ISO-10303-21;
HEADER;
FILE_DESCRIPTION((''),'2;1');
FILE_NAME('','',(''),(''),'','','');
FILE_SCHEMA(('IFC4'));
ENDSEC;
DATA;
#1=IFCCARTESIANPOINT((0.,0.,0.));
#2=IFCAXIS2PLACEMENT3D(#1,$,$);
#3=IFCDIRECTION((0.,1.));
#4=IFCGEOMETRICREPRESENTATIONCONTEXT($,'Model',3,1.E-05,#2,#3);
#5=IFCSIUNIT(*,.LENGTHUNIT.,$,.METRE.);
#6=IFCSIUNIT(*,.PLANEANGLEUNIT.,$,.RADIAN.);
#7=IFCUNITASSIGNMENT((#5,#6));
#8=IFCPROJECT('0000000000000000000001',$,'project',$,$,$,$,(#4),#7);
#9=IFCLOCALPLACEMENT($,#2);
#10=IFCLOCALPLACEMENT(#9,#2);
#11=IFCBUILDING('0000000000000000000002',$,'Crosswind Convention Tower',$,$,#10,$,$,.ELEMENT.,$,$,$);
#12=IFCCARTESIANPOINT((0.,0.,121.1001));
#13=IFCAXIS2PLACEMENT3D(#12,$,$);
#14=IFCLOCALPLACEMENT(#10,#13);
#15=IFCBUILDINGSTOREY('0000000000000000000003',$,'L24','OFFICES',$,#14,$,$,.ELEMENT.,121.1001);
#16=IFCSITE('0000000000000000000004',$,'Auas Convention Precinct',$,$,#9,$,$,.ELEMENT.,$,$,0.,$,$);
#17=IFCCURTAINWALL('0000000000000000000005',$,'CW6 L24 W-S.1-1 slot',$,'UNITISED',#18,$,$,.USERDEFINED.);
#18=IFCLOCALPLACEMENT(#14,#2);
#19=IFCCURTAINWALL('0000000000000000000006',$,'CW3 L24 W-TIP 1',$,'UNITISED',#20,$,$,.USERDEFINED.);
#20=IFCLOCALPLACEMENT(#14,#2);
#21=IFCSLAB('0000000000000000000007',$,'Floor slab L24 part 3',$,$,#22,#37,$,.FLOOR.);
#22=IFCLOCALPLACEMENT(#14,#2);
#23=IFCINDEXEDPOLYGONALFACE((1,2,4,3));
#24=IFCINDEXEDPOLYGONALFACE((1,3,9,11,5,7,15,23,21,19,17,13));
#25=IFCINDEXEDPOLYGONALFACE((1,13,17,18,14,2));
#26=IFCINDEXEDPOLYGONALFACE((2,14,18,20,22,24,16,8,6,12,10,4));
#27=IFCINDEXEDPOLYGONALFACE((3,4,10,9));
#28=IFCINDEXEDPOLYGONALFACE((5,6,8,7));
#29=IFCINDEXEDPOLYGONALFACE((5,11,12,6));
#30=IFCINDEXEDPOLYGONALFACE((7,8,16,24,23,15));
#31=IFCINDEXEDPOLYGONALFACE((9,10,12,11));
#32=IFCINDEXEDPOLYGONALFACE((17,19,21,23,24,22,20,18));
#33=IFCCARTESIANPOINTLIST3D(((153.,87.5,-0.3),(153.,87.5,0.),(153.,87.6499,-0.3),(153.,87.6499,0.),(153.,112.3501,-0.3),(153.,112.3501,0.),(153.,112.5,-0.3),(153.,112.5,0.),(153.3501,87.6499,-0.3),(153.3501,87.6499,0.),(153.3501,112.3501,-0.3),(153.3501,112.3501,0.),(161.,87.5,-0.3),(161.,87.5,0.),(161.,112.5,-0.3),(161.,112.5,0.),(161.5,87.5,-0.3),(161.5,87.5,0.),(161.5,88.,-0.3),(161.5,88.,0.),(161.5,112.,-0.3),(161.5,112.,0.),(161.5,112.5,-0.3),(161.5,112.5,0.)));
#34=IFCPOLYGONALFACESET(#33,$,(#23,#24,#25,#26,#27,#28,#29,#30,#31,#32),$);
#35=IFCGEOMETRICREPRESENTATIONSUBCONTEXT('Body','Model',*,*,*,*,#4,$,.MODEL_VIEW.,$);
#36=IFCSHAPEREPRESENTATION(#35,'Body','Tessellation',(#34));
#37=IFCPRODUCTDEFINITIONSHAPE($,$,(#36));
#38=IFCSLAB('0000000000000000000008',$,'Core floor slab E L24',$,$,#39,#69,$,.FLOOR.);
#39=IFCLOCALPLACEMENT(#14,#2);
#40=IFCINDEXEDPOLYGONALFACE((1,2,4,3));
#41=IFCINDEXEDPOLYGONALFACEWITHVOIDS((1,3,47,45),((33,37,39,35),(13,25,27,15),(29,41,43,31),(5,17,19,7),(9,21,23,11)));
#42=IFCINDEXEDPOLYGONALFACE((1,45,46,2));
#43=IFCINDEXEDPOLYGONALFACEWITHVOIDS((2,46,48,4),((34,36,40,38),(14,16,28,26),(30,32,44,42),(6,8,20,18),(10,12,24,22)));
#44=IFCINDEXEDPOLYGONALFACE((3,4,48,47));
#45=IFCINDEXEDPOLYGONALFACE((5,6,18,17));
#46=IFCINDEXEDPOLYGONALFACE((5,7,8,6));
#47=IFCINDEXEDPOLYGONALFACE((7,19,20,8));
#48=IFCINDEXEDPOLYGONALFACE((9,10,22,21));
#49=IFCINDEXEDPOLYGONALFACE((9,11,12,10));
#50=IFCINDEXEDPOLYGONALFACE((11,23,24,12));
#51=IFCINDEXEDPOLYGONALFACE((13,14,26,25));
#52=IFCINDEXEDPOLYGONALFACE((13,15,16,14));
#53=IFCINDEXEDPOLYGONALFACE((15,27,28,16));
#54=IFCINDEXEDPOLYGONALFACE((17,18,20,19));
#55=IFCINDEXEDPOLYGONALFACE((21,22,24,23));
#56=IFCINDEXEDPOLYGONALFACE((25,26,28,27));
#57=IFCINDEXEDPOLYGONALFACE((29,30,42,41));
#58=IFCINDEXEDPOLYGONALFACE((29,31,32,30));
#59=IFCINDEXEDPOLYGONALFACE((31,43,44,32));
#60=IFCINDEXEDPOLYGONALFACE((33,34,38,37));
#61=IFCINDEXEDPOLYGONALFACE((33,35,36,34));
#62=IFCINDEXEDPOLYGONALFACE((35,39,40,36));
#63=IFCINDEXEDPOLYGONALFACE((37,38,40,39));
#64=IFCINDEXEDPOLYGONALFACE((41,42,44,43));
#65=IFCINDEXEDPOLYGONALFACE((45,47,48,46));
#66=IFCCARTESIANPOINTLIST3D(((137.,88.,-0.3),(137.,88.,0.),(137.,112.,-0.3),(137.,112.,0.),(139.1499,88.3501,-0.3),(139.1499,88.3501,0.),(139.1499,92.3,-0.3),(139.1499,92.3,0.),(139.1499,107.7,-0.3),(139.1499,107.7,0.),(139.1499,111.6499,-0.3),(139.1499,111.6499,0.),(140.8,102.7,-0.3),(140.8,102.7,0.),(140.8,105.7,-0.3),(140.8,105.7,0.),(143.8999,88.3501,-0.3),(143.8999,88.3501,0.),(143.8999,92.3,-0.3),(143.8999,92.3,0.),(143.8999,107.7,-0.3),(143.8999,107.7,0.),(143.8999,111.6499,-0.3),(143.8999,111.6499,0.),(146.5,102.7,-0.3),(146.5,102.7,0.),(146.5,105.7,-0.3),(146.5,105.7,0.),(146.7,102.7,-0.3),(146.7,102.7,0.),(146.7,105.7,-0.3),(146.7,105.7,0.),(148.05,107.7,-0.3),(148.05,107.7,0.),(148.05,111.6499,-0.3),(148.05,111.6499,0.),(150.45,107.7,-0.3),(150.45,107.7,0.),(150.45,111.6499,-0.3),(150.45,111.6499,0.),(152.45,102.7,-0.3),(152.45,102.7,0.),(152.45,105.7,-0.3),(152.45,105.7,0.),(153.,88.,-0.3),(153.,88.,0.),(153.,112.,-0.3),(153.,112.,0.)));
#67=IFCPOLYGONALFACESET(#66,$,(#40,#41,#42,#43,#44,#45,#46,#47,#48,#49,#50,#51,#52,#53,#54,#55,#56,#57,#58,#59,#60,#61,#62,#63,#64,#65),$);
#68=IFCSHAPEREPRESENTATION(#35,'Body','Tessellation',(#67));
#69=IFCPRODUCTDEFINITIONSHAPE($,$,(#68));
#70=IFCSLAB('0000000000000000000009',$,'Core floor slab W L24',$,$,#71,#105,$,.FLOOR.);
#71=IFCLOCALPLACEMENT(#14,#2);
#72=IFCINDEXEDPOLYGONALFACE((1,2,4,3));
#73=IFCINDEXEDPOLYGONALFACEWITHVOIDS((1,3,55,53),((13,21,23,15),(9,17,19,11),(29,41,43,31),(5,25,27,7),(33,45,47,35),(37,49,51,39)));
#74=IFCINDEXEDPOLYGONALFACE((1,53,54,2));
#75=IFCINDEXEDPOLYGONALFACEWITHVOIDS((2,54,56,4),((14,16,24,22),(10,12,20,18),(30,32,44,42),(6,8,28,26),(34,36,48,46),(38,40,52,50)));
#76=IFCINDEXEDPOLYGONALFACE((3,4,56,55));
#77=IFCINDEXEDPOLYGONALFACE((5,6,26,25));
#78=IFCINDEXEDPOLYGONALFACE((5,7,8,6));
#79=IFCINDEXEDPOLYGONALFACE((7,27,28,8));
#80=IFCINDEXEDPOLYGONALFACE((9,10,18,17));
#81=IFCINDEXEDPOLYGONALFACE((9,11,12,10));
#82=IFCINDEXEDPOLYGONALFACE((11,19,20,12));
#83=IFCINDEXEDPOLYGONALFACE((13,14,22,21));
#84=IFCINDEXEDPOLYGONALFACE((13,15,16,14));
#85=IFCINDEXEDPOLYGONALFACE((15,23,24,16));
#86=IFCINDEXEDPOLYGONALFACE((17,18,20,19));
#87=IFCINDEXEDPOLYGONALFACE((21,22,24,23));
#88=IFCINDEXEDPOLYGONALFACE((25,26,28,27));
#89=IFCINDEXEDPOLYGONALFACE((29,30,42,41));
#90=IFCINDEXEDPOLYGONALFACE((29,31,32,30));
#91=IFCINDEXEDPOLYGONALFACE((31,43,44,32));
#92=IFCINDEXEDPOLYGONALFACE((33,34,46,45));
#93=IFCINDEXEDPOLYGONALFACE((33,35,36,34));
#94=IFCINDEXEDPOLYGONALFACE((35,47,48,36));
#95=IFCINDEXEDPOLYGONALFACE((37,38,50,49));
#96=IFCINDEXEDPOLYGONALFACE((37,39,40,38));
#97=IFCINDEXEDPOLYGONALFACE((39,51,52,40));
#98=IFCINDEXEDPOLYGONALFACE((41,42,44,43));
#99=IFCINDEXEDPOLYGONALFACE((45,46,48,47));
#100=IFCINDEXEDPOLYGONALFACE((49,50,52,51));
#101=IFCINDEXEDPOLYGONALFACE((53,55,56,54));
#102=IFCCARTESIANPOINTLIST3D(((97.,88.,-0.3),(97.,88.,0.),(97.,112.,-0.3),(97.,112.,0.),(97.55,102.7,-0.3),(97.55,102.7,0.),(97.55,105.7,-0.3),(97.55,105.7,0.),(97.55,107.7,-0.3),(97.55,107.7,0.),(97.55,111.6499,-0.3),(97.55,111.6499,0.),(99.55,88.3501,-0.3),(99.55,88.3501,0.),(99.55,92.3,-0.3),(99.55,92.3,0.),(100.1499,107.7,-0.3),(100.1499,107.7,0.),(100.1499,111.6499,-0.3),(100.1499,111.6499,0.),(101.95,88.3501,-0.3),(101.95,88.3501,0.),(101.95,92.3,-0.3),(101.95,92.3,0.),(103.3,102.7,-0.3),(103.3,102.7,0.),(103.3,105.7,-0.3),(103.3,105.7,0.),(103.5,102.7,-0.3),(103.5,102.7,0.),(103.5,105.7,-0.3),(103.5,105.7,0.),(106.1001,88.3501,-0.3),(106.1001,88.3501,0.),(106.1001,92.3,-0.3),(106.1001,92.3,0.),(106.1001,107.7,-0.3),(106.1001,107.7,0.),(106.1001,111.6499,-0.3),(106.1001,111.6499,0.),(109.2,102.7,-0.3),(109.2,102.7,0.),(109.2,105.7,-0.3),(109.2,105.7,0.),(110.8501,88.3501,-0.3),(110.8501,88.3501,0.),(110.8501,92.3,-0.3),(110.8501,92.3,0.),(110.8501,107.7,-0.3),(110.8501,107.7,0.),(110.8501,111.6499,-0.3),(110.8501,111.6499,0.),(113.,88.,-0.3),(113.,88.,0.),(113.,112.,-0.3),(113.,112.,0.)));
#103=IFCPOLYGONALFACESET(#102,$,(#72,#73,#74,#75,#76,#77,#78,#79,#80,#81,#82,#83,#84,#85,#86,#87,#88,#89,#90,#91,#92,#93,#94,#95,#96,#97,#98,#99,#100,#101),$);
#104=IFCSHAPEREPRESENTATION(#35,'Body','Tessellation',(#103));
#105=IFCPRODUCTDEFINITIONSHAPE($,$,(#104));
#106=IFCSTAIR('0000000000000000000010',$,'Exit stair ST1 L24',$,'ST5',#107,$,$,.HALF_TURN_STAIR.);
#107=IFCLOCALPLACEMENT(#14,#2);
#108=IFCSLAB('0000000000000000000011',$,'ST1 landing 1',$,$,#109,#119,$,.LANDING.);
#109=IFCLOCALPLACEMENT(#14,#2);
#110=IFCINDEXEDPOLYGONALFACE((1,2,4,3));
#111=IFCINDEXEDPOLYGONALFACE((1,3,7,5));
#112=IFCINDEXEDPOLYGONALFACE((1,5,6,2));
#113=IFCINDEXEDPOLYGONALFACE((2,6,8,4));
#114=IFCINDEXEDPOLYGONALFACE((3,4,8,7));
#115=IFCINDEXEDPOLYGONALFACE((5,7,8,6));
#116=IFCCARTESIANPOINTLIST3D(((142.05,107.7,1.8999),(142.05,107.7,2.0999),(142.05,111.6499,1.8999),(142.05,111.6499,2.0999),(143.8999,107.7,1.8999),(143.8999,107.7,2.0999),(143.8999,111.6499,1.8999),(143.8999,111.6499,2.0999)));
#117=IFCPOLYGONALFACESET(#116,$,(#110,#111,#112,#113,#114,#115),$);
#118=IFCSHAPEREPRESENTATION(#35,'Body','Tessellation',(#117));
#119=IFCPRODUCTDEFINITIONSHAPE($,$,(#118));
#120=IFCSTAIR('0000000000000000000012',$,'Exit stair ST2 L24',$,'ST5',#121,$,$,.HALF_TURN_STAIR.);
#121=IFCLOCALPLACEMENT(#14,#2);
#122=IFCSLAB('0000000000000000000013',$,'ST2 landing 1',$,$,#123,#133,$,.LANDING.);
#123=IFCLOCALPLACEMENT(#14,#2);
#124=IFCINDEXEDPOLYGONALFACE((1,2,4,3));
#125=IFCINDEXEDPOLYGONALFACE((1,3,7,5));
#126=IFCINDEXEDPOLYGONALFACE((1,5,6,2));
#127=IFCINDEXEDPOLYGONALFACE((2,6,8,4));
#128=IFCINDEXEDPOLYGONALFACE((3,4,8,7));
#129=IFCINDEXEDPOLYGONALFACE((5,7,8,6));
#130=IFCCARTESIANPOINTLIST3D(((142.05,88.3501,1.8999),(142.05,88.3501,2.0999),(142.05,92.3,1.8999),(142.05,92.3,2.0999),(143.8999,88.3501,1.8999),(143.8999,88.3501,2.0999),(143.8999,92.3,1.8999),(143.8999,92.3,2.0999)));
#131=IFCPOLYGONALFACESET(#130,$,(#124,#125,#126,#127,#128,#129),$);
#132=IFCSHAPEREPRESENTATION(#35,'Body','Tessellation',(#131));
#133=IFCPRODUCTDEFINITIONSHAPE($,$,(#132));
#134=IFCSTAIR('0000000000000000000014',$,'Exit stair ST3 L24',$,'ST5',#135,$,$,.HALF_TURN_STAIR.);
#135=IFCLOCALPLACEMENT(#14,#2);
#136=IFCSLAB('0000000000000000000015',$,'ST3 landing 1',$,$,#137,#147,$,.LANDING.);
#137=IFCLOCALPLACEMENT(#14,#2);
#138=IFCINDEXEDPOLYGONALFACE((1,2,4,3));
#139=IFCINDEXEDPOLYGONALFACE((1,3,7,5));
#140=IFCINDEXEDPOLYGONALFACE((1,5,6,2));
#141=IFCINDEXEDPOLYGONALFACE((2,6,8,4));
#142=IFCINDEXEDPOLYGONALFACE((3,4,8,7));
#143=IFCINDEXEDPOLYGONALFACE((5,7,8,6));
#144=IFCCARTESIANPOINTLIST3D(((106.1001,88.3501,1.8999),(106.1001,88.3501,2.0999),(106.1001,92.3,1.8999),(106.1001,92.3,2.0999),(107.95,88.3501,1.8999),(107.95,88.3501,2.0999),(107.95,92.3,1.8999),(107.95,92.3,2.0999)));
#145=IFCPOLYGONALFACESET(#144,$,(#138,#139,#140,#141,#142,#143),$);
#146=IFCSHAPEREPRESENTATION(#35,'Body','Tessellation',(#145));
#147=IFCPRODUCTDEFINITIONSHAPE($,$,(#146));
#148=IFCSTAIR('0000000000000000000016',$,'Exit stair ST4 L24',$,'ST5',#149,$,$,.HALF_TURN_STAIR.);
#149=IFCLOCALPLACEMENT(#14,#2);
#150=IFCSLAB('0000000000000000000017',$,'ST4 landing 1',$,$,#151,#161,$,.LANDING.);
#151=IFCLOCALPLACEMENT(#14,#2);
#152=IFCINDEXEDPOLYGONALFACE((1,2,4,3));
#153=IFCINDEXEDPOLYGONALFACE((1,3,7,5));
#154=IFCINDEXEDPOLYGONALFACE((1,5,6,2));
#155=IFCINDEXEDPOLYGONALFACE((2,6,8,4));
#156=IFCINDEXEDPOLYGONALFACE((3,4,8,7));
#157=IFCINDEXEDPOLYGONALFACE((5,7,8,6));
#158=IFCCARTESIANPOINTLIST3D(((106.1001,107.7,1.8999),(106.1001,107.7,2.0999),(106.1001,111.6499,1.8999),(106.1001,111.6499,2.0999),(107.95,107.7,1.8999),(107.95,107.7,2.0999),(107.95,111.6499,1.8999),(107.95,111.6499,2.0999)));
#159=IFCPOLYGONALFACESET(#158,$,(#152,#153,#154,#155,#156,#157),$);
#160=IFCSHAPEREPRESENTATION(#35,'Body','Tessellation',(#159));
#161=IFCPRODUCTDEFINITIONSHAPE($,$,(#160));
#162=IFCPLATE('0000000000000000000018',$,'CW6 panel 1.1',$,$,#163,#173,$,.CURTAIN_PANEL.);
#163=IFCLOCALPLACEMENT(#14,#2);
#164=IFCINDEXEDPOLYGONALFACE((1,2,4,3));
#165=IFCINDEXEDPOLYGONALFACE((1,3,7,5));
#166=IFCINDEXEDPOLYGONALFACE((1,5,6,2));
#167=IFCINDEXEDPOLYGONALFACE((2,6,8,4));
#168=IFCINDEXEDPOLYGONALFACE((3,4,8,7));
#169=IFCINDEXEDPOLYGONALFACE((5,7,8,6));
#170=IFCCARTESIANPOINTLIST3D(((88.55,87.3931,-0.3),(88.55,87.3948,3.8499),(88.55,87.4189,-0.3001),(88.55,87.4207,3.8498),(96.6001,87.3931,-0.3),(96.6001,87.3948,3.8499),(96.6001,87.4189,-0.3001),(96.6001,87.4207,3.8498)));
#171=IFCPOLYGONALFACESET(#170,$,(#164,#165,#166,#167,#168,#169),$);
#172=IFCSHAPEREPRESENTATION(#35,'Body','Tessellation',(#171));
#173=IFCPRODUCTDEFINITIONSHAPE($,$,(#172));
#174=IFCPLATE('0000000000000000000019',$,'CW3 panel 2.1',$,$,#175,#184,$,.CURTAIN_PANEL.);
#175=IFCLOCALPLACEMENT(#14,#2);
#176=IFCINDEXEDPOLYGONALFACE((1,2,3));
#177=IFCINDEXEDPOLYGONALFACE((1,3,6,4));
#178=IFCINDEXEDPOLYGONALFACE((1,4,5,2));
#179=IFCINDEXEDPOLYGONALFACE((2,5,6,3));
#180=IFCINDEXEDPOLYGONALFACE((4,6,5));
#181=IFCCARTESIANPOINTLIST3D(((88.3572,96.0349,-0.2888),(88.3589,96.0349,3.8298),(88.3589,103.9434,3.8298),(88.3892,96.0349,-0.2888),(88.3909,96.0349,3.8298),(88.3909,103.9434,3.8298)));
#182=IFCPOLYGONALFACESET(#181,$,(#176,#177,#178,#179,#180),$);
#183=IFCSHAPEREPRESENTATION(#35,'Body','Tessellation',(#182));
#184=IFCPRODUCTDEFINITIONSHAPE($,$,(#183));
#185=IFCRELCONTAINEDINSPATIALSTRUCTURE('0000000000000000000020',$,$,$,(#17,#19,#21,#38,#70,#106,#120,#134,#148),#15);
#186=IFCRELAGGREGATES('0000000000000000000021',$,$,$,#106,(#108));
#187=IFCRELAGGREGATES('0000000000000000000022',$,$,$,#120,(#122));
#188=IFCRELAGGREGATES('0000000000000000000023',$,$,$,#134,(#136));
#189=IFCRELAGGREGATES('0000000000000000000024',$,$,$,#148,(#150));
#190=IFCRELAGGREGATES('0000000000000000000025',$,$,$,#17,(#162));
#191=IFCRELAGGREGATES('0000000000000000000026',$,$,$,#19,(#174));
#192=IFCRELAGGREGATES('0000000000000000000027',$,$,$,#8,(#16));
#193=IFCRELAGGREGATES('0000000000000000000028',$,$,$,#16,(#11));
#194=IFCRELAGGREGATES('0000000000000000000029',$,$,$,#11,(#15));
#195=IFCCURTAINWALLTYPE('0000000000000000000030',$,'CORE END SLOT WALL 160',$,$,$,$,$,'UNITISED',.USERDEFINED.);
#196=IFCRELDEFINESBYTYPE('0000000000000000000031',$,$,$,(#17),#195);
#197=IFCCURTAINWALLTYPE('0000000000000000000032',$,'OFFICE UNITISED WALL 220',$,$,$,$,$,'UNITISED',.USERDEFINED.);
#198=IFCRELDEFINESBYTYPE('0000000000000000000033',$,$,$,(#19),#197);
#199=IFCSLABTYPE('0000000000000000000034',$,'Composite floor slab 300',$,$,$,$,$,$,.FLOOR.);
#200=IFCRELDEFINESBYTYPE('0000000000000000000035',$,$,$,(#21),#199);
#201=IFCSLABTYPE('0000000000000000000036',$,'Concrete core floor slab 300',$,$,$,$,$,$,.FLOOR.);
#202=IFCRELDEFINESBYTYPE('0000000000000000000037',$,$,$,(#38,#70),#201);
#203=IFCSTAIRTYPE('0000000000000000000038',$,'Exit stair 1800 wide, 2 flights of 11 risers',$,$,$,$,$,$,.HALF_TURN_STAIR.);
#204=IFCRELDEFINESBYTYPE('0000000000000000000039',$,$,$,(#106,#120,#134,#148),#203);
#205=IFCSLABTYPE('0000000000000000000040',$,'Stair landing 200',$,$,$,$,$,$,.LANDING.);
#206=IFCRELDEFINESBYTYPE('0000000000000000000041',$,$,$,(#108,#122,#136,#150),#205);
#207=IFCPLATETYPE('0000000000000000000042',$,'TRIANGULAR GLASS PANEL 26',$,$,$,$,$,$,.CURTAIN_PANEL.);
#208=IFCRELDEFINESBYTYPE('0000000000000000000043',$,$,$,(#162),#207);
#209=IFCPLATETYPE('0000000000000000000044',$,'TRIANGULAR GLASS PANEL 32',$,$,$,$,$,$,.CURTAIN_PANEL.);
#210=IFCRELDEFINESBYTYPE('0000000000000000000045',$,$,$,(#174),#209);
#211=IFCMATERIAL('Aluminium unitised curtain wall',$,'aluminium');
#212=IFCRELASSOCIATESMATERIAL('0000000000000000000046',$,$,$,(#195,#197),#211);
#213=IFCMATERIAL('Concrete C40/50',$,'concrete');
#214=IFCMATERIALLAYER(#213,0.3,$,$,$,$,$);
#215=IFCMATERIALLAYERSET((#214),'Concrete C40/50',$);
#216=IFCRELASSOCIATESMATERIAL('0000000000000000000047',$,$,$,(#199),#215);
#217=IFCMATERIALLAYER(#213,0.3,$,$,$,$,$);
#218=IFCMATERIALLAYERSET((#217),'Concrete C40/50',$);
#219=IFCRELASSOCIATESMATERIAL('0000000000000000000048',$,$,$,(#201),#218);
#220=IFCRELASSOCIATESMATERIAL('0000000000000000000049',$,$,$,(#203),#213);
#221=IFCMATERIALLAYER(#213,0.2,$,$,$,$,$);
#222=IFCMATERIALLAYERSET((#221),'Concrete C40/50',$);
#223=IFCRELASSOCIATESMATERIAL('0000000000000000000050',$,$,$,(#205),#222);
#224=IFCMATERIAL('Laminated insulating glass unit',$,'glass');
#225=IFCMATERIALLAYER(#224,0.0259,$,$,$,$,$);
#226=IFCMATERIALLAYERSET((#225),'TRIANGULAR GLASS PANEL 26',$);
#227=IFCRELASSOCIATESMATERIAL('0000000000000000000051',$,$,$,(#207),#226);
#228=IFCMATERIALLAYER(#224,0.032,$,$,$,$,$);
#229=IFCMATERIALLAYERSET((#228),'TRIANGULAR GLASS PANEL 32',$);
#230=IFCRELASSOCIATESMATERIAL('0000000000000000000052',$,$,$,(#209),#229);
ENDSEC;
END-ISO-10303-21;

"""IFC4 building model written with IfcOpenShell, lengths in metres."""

from ifc_helpers import new_model, si_unit, direction, frame, origin, place, context, subcontext, project, spatial, polyline, outline, extrude, material, layer, layer_set, type_object, element, aggregate, save


model = new_model("IFC4")

# Units and contexts
model_context = context("Model", 3, precision=1e-05, world=origin(), true_north=direction((0.0, 1.0)))
body_context = subcontext(model_context, "Body", "Model", "MODEL_VIEW")
ifc_project = project(units=[si_unit("LENGTHUNIT", "METRE"), si_unit("PLANEANGLEUNIT", "RADIAN")], contexts=[model_context])

# Site, building, storey
site_placement = place(None, origin())
site = spatial("IfcSite", under=ifc_project, at=site_placement, Name="Auas Convention Precinct", CompositionType="ELEMENT", RefElevation=0.0)
building_placement = place(site_placement, origin())
building = spatial("IfcBuilding", under=site, at=building_placement, Name="Crosswind Convention Tower", CompositionType="ELEMENT")
storey_placement = place(building_placement, frame((0.0, 0.0, 121.1001)))
storey = spatial("IfcBuildingStorey", under=building, at=storey_placement, Name="L24", Description="OFFICES", CompositionType="ELEMENT", Elevation=121.1001)

# Curtain wall
ifc_material_1 = material(Name="Aluminium unitised curtain wall", Category="aluminium")
curtain_wall_type_1 = type_object("IfcCurtainWallType", Name="CORE END SLOT WALL 160", ElementType="UNITISED", PredefinedType="USERDEFINED", material=ifc_material_1)
curtain_wall_1_placement = place(storey_placement, origin())
curtain_wall_1 = element("IfcCurtainWall", 1, at=curtain_wall_1_placement, inside=storey, type_object=curtain_wall_type_1, Name="CW6 L24 W-S.1-1 slot", ObjectType="UNITISED", PredefinedType="USERDEFINED")

# Curtain wall
curtain_wall_type_2 = type_object("IfcCurtainWallType", Name="OFFICE UNITISED WALL 220", ElementType="UNITISED", PredefinedType="USERDEFINED", material=ifc_material_1)
curtain_wall_2_placement = place(storey_placement, origin())
curtain_wall_2 = element("IfcCurtainWall", 2, at=curtain_wall_2_placement, inside=storey, type_object=curtain_wall_type_2, Name="CW3 L24 W-TIP 1", ObjectType="UNITISED", PredefinedType="USERDEFINED")

# Slabs
ifc_material_2 = material(Name="Concrete C40/50", Category="concrete")
ifc_layer_1 = layer(ifc_material_2, 0.3)
ifc_layer_set_1 = layer_set([ifc_layer_1], Name="Concrete C40/50")
slab_type_1 = type_object("IfcSlabType", Name="Composite floor slab 300", PredefinedType="FLOOR", material=ifc_layer_set_1)
slab_1_placement = place(storey_placement, frame((0.0, 0.0, -0.3)))
element("IfcSlab", 3, at=slab_1_placement, inside=storey, type_object=slab_type_1, Name="Floor slab L24 part 3", PredefinedType="FLOOR", context=body_context, shape_type="SweptSolid", body=[
    extrude(outline(polyline([(153.0, 112.5), (161.0, 112.5), (161.5, 112.5), (161.5, 112.0), (161.5, 88.0), (161.5, 87.5), (161.0, 87.5), (153.0, 87.5), (153.0, 87.6499), (153.3501, 87.6499), (153.3501, 112.3501), (153.0, 112.3501), (153.0, 112.5)])), origin(), (0.0, 0.0, 1.0), 0.3),
])
ifc_layer_2 = layer(ifc_material_2, 0.3)
ifc_layer_set_2 = layer_set([ifc_layer_2], Name="Concrete C40/50")
slab_type_2 = type_object("IfcSlabType", Name="Concrete core floor slab 300", PredefinedType="FLOOR", material=ifc_layer_set_2)
slab_2_placement = place(storey_placement, frame((0.0, 0.0, -0.3)))
element("IfcSlab", 4, at=slab_2_placement, inside=storey, type_object=slab_type_2, Name="Core floor slab E L24", PredefinedType="FLOOR", context=body_context, shape_type="SweptSolid", body=[
    extrude(outline(polyline([(137.0, 88.0), (153.0, 88.0), (153.0, 112.0), (137.0, 112.0), (137.0, 88.0)]), holes=[polyline([(146.5, 102.7), (146.5, 105.7), (140.8, 105.7), (140.8, 102.7), (146.5, 102.7)]), polyline([(152.45, 102.7), (152.45, 105.7), (146.7, 105.7), (146.7, 102.7), (152.45, 102.7)]), polyline([(150.45, 107.7), (150.45, 111.6499), (148.05, 111.6499), (148.05, 107.7), (150.45, 107.7)]), polyline([(143.8999, 107.7), (143.8999, 111.6499), (139.1499, 111.6499), (139.1499, 107.7), (143.8999, 107.7)]), polyline([(143.8999, 88.3501), (143.8999, 92.3), (139.1499, 92.3), (139.1499, 88.3501), (143.8999, 88.3501)])]), origin(), (0.0, 0.0, 1.0), 0.3),
])
slab_3_placement = place(storey_placement, frame((0.0, 0.0, -0.3)))
element("IfcSlab", 5, at=slab_3_placement, inside=storey, type_object=slab_type_2, Name="Core floor slab W L24", PredefinedType="FLOOR", context=body_context, shape_type="SweptSolid", body=[
    extrude(outline(polyline([(97.0, 88.0), (113.0, 88.0), (113.0, 112.0), (97.0, 112.0), (97.0, 88.0)]), holes=[polyline([(109.2, 102.7), (109.2, 105.7), (103.5, 105.7), (103.5, 102.7), (109.2, 102.7)]), polyline([(103.3, 102.7), (103.3, 105.7), (97.55, 105.7), (97.55, 102.7), (103.3, 102.7)]), polyline([(101.95, 88.3501), (101.95, 92.3), (99.55, 92.3), (99.55, 88.3501), (101.95, 88.3501)]), polyline([(100.1499, 107.7), (100.1499, 111.6499), (97.55, 111.6499), (97.55, 107.7), (100.1499, 107.7)]), polyline([(110.8501, 88.3501), (110.8501, 92.3), (106.1001, 92.3), (106.1001, 88.3501), (110.8501, 88.3501)]), polyline([(110.8501, 107.7), (110.8501, 111.6499), (106.1001, 111.6499), (106.1001, 107.7), (110.8501, 107.7)])]), origin(), (0.0, 0.0, 1.0), 0.3),
])

# Stairs, slabs
stair_type = type_object("IfcStairType", Name="Exit stair 1800 wide, 2 flights of 11 risers", PredefinedType="HALF_TURN_STAIR", material=ifc_material_2)
stair_1_placement = place(storey_placement, origin())
stair_1 = element("IfcStair", 6, at=stair_1_placement, inside=storey, type_object=stair_type, Name="Exit stair ST1 L24", ObjectType="ST5", PredefinedType="HALF_TURN_STAIR")
ifc_layer_3 = layer(ifc_material_2, 0.2)
ifc_layer_set_3 = layer_set([ifc_layer_3], Name="Concrete C40/50")
slab_type_3 = type_object("IfcSlabType", Name="Stair landing 200", PredefinedType="LANDING", material=ifc_layer_set_3)
slab_4_placement = place(storey_placement, frame((0.0, 0.0, 1.8999)))
slab_4 = element("IfcSlab", 7, at=slab_4_placement, type_object=slab_type_3, Name="ST1 landing 1", PredefinedType="LANDING", context=body_context, shape_type="SweptSolid", body=[
    extrude(outline(polyline([(143.8999, 107.7), (143.8999, 111.6499), (142.05, 111.6499), (142.05, 107.7), (143.8999, 107.7)])), origin(), (0.0, 0.0, 1.0), 0.2),
])
aggregate(stair_1, [slab_4])
stair_2_placement = place(storey_placement, origin())
stair_2 = element("IfcStair", 8, at=stair_2_placement, inside=storey, type_object=stair_type, Name="Exit stair ST2 L24", ObjectType="ST5", PredefinedType="HALF_TURN_STAIR")
slab_5_placement = place(storey_placement, frame((0.0, 0.0, 1.8999)))
slab_5 = element("IfcSlab", 9, at=slab_5_placement, type_object=slab_type_3, Name="ST2 landing 1", PredefinedType="LANDING", context=body_context, shape_type="SweptSolid", body=[
    extrude(outline(polyline([(143.8999, 88.3501), (143.8999, 92.3), (142.05, 92.3), (142.05, 88.3501), (143.8999, 88.3501)])), origin(), (0.0, 0.0, 1.0), 0.2),
])
aggregate(stair_2, [slab_5])
stair_3_placement = place(storey_placement, origin())
stair_3 = element("IfcStair", 10, at=stair_3_placement, inside=storey, type_object=stair_type, Name="Exit stair ST3 L24", ObjectType="ST5", PredefinedType="HALF_TURN_STAIR")
slab_6_placement = place(storey_placement, frame((0.0, 0.0, 1.8999)))
slab_6 = element("IfcSlab", 11, at=slab_6_placement, type_object=slab_type_3, Name="ST3 landing 1", PredefinedType="LANDING", context=body_context, shape_type="SweptSolid", body=[
    extrude(outline(polyline([(107.95, 88.3501), (107.95, 92.3), (106.1001, 92.3), (106.1001, 88.3501), (107.95, 88.3501)])), origin(), (0.0, 0.0, 1.0), 0.2),
])
aggregate(stair_3, [slab_6])
stair_4_placement = place(storey_placement, origin())
stair_4 = element("IfcStair", 12, at=stair_4_placement, inside=storey, type_object=stair_type, Name="Exit stair ST4 L24", ObjectType="ST5", PredefinedType="HALF_TURN_STAIR")
slab_7_placement = place(storey_placement, frame((0.0, 0.0, 1.8999)))
slab_7 = element("IfcSlab", 13, at=slab_7_placement, type_object=slab_type_3, Name="ST4 landing 1", PredefinedType="LANDING", context=body_context, shape_type="SweptSolid", body=[
    extrude(outline(polyline([(107.95, 107.7), (107.95, 111.6499), (106.1001, 111.6499), (106.1001, 107.7), (107.95, 107.7)])), origin(), (0.0, 0.0, 1.0), 0.2),
])
aggregate(stair_4, [slab_7])

# Plates
ifc_material_3 = material(Name="Laminated insulating glass unit", Category="glass")
ifc_layer_4 = layer(ifc_material_3, 0.0259)
ifc_layer_set_4 = layer_set([ifc_layer_4], Name="TRIANGULAR GLASS PANEL 26")
plate_type_1 = type_object("IfcPlateType", Name="TRIANGULAR GLASS PANEL 26", PredefinedType="CURTAIN_PANEL", material=ifc_layer_set_4)
plate_1_placement = place(storey_placement, frame((88.55, 87.3931, -0.3), z_axis=(0.0, -1.0, 0.000412), x_axis=(1.0, 0.0, 0.0)))
plate_1 = element("IfcPlate", 14, at=plate_1_placement, type_object=plate_type_1, Name="CW6 panel 1.1", PredefinedType="CURTAIN_PANEL", context=body_context, shape_type="SweptSolid", body=[
    extrude(outline(polyline([(0.0, 0.0), (8.05, 0.0), (8.05, 4.1499), (0.0, 4.1499), (0.0, 0.0)])), origin(), (0.0, 0.0, -1.0), 0.0259),
])
aggregate(curtain_wall_1, [plate_1])
ifc_layer_5 = layer(ifc_material_3, 0.032)
ifc_layer_set_5 = layer_set([ifc_layer_5], Name="TRIANGULAR GLASS PANEL 32")
plate_type_2 = type_object("IfcPlateType", Name="TRIANGULAR GLASS PANEL 32", PredefinedType="CURTAIN_PANEL", material=ifc_layer_set_5)
plate_2_placement = place(storey_placement, frame((88.3589, 96.0349, 3.8298), z_axis=(-1.0, 0.0, 0.000415), x_axis=(0.0, 1.0, 0.0)))
plate_2 = element("IfcPlate", 15, at=plate_2_placement, type_object=plate_type_2, Name="CW3 panel 2.1", PredefinedType="CURTAIN_PANEL", context=body_context, shape_type="SweptSolid", body=[
    extrude(outline(polyline([(0.0, 0.0), (7.9084, 0.0), (0.0, 4.1187), (0.0, 0.0)])), origin(), (0.0, 0.0, -1.0), 0.032),
])
aggregate(curtain_wall_2, [plate_2])

save(model, "model.ifc")
